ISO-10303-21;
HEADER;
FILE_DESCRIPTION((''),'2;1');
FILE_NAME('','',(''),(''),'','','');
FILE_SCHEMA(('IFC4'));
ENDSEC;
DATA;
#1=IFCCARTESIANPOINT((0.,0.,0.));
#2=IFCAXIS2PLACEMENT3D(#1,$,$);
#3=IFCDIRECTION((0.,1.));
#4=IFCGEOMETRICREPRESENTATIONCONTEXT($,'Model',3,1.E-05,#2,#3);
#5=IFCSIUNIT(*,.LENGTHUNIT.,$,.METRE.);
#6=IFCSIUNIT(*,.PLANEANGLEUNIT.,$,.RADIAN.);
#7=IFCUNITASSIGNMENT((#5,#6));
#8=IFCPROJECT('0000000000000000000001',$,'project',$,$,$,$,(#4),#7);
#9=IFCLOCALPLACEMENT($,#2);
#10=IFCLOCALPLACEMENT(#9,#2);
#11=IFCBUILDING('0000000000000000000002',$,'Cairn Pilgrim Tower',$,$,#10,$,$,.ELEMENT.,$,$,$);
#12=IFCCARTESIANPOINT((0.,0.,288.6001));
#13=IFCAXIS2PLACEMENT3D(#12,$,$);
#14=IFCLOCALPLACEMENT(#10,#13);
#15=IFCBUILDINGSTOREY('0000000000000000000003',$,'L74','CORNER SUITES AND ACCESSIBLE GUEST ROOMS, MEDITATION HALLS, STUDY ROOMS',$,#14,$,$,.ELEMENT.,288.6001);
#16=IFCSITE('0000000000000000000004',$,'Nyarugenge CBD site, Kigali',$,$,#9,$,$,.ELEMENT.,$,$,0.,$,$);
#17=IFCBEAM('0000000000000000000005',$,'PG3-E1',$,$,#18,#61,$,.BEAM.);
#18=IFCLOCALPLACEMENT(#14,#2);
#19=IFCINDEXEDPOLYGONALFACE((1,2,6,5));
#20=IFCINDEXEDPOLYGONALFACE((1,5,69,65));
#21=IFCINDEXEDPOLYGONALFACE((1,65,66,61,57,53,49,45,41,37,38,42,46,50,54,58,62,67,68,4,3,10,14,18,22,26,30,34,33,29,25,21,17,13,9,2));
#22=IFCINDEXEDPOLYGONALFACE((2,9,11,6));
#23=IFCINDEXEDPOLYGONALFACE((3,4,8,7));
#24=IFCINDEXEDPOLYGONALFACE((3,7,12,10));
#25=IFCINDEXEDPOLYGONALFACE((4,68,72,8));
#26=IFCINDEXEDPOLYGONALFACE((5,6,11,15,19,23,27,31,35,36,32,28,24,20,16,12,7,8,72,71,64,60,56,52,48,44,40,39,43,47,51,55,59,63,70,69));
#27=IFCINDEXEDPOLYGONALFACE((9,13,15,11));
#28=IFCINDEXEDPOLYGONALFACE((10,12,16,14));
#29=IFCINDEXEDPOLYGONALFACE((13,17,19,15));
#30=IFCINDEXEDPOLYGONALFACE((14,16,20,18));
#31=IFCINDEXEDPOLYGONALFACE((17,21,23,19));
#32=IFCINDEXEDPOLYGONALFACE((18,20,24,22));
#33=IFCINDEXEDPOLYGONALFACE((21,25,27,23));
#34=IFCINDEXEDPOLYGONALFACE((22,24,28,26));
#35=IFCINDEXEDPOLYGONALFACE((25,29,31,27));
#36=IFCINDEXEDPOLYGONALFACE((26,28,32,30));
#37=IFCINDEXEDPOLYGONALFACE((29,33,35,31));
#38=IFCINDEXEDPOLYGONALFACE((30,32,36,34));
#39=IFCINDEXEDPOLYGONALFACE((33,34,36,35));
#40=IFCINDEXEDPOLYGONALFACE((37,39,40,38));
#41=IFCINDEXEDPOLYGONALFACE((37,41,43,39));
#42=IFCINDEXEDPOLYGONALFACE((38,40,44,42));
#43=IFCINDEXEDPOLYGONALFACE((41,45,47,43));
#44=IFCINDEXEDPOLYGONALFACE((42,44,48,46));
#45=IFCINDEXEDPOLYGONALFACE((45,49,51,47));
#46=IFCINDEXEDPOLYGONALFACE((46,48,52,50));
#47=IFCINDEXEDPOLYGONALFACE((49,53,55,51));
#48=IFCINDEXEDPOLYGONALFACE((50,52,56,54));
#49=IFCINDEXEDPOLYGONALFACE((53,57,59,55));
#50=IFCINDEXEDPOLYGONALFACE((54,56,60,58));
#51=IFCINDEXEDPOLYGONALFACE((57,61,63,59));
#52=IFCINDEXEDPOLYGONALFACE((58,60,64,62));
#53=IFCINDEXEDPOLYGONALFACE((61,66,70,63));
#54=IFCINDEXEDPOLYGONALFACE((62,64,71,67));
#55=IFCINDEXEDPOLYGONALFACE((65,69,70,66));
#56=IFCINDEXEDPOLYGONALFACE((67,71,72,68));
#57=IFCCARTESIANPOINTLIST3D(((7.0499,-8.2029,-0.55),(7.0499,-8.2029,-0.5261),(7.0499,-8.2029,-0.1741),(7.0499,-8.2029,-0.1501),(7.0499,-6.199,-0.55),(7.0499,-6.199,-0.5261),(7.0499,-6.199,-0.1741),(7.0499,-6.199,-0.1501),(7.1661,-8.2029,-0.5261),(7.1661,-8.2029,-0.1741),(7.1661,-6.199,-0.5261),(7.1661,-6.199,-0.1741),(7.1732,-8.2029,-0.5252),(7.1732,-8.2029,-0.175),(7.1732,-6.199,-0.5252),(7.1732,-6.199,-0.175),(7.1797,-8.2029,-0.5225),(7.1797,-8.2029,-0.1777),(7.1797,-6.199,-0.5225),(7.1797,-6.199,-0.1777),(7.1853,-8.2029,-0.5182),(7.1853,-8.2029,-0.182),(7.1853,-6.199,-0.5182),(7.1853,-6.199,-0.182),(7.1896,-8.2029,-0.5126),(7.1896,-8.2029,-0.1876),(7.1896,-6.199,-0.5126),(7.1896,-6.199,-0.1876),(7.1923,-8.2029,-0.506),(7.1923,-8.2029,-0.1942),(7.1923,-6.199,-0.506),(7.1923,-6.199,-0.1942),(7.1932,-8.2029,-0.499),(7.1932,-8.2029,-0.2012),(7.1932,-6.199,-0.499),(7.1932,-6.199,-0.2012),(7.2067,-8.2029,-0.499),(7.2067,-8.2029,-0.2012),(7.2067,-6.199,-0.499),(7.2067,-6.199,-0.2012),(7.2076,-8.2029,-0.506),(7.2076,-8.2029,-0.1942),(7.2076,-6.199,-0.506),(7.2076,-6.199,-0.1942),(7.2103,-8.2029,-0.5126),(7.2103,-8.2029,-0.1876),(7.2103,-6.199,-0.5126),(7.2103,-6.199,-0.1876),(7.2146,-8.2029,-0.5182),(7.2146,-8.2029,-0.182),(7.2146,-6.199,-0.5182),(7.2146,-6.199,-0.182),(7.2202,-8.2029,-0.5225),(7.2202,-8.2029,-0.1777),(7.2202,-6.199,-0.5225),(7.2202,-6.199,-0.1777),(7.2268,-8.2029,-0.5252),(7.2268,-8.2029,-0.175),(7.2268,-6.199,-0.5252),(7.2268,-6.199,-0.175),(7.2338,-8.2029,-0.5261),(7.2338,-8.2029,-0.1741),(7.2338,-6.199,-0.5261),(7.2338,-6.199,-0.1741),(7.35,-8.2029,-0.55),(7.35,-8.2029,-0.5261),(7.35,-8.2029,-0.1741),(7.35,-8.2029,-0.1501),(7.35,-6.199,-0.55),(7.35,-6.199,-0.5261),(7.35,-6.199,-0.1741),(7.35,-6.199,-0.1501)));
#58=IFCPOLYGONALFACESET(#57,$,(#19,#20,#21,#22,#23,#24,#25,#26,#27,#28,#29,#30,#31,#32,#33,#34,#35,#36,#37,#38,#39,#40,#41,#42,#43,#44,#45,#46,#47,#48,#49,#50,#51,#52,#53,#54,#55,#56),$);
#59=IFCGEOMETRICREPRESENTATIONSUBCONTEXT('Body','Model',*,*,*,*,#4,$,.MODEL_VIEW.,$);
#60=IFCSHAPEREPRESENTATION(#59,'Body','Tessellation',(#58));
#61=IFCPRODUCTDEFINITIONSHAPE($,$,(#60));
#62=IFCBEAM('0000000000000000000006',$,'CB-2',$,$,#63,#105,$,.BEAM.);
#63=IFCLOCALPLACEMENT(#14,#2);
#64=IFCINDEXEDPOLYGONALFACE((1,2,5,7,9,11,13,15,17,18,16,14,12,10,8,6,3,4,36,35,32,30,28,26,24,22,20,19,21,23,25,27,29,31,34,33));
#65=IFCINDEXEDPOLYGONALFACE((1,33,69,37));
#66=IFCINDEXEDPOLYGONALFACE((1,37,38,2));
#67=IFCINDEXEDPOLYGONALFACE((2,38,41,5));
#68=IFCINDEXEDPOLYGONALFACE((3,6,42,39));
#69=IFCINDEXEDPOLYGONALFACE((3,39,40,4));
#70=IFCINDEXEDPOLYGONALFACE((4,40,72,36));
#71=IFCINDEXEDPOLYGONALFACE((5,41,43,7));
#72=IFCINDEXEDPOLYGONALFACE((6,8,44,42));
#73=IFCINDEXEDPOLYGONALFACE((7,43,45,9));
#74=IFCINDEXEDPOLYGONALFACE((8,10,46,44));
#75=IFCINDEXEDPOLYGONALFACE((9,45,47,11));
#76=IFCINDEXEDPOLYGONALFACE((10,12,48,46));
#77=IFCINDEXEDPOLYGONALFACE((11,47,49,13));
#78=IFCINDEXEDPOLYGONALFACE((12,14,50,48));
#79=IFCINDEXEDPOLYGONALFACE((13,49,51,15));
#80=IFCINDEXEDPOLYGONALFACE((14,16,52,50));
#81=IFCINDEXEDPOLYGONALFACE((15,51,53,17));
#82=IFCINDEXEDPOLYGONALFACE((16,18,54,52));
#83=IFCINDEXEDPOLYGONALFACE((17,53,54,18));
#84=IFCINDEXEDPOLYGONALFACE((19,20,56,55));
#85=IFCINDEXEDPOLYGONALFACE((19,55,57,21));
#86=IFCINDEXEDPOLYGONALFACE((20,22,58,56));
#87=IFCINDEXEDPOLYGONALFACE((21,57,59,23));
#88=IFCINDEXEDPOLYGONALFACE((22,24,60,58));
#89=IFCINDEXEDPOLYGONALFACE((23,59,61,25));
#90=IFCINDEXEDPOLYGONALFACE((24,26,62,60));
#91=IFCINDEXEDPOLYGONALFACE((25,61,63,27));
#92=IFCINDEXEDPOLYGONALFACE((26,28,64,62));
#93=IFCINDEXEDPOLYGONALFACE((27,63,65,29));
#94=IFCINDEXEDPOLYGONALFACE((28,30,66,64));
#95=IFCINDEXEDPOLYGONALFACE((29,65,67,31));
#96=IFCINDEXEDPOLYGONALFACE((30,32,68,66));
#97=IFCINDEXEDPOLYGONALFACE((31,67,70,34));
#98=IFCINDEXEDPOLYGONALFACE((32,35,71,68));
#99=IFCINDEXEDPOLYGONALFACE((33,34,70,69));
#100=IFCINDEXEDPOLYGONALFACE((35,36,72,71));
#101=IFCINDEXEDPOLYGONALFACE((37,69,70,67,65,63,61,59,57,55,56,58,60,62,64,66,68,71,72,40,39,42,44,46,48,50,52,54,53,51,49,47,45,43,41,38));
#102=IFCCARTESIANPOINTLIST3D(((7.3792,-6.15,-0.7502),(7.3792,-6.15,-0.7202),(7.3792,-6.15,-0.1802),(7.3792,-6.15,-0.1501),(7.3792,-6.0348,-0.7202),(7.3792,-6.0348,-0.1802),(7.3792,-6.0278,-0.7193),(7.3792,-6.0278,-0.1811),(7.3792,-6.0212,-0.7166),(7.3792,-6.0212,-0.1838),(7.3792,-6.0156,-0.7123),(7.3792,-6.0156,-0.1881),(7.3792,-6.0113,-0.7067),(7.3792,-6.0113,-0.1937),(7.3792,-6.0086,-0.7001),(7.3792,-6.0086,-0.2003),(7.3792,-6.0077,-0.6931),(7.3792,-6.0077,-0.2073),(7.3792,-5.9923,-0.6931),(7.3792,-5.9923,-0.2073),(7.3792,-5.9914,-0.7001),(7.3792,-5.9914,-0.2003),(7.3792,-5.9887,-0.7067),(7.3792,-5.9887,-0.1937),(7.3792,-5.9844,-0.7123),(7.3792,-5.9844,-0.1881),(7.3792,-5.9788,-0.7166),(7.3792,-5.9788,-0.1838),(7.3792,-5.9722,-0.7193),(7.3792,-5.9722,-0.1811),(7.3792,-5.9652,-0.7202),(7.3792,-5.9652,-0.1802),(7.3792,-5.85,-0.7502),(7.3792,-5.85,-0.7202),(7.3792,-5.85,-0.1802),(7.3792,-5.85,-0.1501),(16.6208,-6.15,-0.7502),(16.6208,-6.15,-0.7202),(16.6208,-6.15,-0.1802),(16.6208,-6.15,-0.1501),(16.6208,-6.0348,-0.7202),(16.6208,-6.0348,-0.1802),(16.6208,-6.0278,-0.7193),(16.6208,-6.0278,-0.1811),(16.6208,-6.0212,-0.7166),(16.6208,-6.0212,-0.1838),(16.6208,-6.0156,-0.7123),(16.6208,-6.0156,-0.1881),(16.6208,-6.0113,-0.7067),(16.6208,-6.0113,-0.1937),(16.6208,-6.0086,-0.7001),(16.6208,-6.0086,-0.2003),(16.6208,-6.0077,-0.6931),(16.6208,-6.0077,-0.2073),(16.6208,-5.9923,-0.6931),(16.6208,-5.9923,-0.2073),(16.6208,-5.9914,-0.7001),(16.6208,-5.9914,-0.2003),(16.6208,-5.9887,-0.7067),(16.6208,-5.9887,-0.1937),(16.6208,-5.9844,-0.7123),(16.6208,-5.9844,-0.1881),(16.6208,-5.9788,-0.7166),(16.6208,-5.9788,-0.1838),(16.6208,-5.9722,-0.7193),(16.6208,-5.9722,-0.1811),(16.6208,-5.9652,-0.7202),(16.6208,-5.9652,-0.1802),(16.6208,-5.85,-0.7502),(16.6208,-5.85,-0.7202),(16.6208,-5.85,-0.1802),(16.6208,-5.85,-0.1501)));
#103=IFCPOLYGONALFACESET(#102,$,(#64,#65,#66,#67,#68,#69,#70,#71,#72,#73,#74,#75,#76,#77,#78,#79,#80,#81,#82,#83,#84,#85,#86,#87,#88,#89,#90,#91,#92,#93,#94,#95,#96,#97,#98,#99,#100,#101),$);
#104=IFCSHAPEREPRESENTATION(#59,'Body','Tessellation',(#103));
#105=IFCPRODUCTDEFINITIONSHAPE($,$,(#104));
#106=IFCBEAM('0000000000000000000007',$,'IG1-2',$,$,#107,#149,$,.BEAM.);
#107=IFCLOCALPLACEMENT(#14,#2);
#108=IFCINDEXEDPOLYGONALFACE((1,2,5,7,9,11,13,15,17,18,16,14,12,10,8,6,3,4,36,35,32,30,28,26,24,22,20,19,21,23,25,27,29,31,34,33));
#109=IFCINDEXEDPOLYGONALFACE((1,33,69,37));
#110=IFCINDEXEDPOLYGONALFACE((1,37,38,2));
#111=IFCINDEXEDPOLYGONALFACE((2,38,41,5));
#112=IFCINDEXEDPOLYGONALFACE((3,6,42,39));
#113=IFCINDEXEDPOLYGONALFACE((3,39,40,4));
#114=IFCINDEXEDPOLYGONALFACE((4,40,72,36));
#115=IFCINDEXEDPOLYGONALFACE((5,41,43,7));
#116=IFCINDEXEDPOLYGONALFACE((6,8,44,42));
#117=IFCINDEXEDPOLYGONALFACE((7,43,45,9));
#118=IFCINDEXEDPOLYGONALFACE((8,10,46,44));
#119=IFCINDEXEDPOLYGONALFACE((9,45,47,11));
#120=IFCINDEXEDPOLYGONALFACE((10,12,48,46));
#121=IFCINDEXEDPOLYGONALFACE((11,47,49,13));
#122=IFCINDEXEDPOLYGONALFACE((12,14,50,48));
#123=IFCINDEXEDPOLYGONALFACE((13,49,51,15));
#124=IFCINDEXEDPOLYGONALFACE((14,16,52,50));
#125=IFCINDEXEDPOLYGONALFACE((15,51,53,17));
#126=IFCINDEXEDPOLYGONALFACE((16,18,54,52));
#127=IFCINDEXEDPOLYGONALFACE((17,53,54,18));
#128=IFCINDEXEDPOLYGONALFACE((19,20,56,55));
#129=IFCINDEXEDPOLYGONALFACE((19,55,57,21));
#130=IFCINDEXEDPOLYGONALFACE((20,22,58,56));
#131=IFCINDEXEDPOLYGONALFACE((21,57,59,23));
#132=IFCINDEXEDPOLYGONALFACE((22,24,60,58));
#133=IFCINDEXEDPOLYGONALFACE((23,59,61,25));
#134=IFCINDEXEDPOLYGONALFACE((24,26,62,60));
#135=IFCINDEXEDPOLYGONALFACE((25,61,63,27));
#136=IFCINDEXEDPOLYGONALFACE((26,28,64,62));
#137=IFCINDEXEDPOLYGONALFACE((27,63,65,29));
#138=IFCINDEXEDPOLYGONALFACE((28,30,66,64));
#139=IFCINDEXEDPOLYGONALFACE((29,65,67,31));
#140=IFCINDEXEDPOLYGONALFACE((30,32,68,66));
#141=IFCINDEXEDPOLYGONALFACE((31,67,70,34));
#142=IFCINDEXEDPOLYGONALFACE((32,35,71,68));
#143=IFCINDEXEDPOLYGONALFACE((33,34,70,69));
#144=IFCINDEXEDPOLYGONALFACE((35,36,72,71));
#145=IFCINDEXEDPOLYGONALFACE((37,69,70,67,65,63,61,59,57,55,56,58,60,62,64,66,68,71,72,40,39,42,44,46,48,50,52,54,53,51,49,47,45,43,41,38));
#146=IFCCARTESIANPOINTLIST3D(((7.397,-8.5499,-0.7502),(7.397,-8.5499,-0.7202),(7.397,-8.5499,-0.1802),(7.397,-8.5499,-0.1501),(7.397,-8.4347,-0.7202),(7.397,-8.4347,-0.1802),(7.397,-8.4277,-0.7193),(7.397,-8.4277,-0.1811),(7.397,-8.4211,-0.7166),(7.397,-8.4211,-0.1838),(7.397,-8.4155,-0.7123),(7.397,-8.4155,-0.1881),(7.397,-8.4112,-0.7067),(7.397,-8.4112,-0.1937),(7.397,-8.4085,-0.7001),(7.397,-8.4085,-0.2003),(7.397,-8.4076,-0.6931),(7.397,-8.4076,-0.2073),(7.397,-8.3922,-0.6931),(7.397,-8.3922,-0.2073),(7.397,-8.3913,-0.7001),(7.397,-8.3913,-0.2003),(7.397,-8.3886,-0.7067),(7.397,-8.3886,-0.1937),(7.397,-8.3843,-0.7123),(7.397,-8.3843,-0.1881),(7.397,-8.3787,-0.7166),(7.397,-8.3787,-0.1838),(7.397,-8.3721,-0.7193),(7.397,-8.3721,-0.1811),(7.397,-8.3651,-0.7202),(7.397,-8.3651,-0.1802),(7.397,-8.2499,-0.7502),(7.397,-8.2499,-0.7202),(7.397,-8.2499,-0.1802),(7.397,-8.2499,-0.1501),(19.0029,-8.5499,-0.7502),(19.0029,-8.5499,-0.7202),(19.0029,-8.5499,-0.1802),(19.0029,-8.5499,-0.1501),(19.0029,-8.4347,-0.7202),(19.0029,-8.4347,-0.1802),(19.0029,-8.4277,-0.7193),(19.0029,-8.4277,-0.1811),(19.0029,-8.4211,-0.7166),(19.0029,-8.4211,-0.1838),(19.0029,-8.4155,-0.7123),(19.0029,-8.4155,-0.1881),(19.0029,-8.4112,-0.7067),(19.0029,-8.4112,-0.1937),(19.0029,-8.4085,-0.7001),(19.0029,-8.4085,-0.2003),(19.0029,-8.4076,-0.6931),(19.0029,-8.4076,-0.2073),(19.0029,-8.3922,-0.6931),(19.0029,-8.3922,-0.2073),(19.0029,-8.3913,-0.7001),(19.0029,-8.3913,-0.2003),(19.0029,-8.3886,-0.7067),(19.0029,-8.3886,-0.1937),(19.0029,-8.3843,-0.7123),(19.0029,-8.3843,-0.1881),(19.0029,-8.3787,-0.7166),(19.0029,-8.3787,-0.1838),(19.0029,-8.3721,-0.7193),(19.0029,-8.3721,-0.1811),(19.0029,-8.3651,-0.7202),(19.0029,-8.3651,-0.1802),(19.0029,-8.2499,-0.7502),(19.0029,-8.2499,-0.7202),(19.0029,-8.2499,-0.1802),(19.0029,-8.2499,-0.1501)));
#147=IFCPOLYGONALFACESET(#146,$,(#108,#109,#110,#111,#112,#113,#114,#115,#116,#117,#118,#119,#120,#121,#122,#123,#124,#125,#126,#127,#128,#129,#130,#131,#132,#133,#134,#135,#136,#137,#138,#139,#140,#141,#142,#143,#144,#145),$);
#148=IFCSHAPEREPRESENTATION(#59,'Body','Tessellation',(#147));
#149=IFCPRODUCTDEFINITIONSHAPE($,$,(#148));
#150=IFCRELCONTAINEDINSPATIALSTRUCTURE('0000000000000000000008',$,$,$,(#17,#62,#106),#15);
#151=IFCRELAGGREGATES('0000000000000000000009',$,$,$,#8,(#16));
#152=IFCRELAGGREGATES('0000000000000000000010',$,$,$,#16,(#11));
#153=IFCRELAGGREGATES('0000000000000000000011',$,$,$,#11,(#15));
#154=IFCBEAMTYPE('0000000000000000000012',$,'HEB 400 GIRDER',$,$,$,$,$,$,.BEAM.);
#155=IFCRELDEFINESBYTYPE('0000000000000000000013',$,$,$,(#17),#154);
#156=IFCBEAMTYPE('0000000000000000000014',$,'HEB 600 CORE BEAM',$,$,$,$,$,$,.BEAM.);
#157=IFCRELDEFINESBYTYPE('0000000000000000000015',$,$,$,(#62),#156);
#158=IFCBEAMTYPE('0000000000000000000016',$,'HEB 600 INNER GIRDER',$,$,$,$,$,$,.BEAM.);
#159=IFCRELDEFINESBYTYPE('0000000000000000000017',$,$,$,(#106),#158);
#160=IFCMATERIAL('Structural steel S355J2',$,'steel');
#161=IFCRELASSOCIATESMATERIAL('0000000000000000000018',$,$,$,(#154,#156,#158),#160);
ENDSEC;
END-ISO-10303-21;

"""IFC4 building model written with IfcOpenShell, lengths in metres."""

from ifc_helpers import new_model, si_unit, direction, frame, origin, origin_2d, place, context, subcontext, project, spatial, i_section, extrude, material, material_profile, profile_set, type_object, element, save


model = new_model("IFC4")

# Units and contexts
model_context = context("Model", 3, precision=1e-05, world=origin(), true_north=direction((0.0, 1.0)))
body_context = subcontext(model_context, "Body", "Model", "MODEL_VIEW")
ifc_project = project(units=[si_unit("LENGTHUNIT", "METRE"), si_unit("PLANEANGLEUNIT", "RADIAN")], contexts=[model_context])

# Site, building, storey
site_placement = place(None, origin())
site = spatial("IfcSite", under=ifc_project, at=site_placement, Name="Nyarugenge CBD site, Kigali", CompositionType="ELEMENT", RefElevation=0.0)
building_placement = place(site_placement, origin())
building = spatial("IfcBuilding", under=site, at=building_placement, Name="Cairn Pilgrim Tower", CompositionType="ELEMENT")
storey_placement = place(building_placement, frame((0.0, 0.0, 288.6001)))
storey = spatial("IfcBuildingStorey", under=building, at=storey_placement, Name="L74", Description="CORNER SUITES AND ACCESSIBLE GUEST ROOMS, MEDITATION HALLS, STUDY ROOMS", CompositionType="ELEMENT", Elevation=288.6001)

# Shared definitions
ifc_material_1 = material(Name="Structural steel S355J2", Category="steel")

# Beams
ifc_material_profile_1 = material_profile(ifc_material_1, i_section(OverallWidth=0.3, OverallDepth=0.3999, WebThickness=0.0134, FlangeThickness=0.0239, FilletRadius=0.0271, at=origin_2d()), Name="HEB 400")
ifc_profile_set_1 = profile_set([ifc_material_profile_1], Name="Structural steel S355J2")
beam_type_1 = type_object("IfcBeamType", Name="HEB 400 GIRDER", PredefinedType="BEAM", material=ifc_profile_set_1)
beam_1_placement = place(storey_placement, frame((7.2, -8.2029, -0.3501), z_axis=(0.0, 1.0, 0.0), x_axis=(-1.0, 0.0, 0.0)))
element("IfcBeam", 1, at=beam_1_placement, inside=storey, type_object=beam_type_1, Name="PG3-E1", PredefinedType="BEAM", context=body_context, shape_type="SweptSolid", body=[
    extrude(i_section(OverallWidth=0.3, OverallDepth=0.3999, WebThickness=0.0134, FlangeThickness=0.0239, FilletRadius=0.0271, at=origin_2d()), origin(), (0.0, 0.0, 1.0), 2.0039),
])
ifc_material_profile_2 = material_profile(ifc_material_1, i_section(OverallWidth=0.3, OverallDepth=0.6001, WebThickness=0.0154, FlangeThickness=0.03, FilletRadius=0.0271, at=origin_2d()), Name="HEB 600")
ifc_profile_set_2 = profile_set([ifc_material_profile_2], Name="Structural steel S355J2")
beam_type_2 = type_object("IfcBeamType", Name="HEB 600 CORE BEAM", PredefinedType="BEAM", material=ifc_profile_set_2)
beam_2_placement = place(storey_placement, frame((7.3792, -6.0, -0.4502), z_axis=(1.0, 0.0, 0.0), x_axis=(0.0, 1.0, 0.0)))
element("IfcBeam", 2, at=beam_2_placement, inside=storey, type_object=beam_type_2, Name="CB-2", PredefinedType="BEAM", context=body_context, shape_type="SweptSolid", body=[
    extrude(i_section(OverallWidth=0.3, OverallDepth=0.6001, WebThickness=0.0154, FlangeThickness=0.03, FilletRadius=0.0271, at=origin_2d()), origin(), (0.0, 0.0, 1.0), 9.2417),
])
ifc_material_profile_3 = material_profile(ifc_material_1, i_section(OverallWidth=0.3, OverallDepth=0.6001, WebThickness=0.0154, FlangeThickness=0.03, FilletRadius=0.0271, at=origin_2d()), Name="HEB 600")
ifc_profile_set_3 = profile_set([ifc_material_profile_3], Name="Structural steel S355J2")
beam_type_3 = type_object("IfcBeamType", Name="HEB 600 INNER GIRDER", PredefinedType="BEAM", material=ifc_profile_set_3)
beam_3_placement = place(storey_placement, frame((7.397, -8.3999, -0.4502), z_axis=(1.0, 0.0, 0.0), x_axis=(0.0, 1.0, 0.0)))
element("IfcBeam", 3, at=beam_3_placement, inside=storey, type_object=beam_type_3, Name="IG1-2", PredefinedType="BEAM", context=body_context, shape_type="SweptSolid", body=[
    extrude(i_section(OverallWidth=0.3, OverallDepth=0.6001, WebThickness=0.0154, FlangeThickness=0.03, FilletRadius=0.0271, at=origin_2d()), origin(), (0.0, 0.0, 1.0), 11.606),
])

save(model, "model.ifc")
